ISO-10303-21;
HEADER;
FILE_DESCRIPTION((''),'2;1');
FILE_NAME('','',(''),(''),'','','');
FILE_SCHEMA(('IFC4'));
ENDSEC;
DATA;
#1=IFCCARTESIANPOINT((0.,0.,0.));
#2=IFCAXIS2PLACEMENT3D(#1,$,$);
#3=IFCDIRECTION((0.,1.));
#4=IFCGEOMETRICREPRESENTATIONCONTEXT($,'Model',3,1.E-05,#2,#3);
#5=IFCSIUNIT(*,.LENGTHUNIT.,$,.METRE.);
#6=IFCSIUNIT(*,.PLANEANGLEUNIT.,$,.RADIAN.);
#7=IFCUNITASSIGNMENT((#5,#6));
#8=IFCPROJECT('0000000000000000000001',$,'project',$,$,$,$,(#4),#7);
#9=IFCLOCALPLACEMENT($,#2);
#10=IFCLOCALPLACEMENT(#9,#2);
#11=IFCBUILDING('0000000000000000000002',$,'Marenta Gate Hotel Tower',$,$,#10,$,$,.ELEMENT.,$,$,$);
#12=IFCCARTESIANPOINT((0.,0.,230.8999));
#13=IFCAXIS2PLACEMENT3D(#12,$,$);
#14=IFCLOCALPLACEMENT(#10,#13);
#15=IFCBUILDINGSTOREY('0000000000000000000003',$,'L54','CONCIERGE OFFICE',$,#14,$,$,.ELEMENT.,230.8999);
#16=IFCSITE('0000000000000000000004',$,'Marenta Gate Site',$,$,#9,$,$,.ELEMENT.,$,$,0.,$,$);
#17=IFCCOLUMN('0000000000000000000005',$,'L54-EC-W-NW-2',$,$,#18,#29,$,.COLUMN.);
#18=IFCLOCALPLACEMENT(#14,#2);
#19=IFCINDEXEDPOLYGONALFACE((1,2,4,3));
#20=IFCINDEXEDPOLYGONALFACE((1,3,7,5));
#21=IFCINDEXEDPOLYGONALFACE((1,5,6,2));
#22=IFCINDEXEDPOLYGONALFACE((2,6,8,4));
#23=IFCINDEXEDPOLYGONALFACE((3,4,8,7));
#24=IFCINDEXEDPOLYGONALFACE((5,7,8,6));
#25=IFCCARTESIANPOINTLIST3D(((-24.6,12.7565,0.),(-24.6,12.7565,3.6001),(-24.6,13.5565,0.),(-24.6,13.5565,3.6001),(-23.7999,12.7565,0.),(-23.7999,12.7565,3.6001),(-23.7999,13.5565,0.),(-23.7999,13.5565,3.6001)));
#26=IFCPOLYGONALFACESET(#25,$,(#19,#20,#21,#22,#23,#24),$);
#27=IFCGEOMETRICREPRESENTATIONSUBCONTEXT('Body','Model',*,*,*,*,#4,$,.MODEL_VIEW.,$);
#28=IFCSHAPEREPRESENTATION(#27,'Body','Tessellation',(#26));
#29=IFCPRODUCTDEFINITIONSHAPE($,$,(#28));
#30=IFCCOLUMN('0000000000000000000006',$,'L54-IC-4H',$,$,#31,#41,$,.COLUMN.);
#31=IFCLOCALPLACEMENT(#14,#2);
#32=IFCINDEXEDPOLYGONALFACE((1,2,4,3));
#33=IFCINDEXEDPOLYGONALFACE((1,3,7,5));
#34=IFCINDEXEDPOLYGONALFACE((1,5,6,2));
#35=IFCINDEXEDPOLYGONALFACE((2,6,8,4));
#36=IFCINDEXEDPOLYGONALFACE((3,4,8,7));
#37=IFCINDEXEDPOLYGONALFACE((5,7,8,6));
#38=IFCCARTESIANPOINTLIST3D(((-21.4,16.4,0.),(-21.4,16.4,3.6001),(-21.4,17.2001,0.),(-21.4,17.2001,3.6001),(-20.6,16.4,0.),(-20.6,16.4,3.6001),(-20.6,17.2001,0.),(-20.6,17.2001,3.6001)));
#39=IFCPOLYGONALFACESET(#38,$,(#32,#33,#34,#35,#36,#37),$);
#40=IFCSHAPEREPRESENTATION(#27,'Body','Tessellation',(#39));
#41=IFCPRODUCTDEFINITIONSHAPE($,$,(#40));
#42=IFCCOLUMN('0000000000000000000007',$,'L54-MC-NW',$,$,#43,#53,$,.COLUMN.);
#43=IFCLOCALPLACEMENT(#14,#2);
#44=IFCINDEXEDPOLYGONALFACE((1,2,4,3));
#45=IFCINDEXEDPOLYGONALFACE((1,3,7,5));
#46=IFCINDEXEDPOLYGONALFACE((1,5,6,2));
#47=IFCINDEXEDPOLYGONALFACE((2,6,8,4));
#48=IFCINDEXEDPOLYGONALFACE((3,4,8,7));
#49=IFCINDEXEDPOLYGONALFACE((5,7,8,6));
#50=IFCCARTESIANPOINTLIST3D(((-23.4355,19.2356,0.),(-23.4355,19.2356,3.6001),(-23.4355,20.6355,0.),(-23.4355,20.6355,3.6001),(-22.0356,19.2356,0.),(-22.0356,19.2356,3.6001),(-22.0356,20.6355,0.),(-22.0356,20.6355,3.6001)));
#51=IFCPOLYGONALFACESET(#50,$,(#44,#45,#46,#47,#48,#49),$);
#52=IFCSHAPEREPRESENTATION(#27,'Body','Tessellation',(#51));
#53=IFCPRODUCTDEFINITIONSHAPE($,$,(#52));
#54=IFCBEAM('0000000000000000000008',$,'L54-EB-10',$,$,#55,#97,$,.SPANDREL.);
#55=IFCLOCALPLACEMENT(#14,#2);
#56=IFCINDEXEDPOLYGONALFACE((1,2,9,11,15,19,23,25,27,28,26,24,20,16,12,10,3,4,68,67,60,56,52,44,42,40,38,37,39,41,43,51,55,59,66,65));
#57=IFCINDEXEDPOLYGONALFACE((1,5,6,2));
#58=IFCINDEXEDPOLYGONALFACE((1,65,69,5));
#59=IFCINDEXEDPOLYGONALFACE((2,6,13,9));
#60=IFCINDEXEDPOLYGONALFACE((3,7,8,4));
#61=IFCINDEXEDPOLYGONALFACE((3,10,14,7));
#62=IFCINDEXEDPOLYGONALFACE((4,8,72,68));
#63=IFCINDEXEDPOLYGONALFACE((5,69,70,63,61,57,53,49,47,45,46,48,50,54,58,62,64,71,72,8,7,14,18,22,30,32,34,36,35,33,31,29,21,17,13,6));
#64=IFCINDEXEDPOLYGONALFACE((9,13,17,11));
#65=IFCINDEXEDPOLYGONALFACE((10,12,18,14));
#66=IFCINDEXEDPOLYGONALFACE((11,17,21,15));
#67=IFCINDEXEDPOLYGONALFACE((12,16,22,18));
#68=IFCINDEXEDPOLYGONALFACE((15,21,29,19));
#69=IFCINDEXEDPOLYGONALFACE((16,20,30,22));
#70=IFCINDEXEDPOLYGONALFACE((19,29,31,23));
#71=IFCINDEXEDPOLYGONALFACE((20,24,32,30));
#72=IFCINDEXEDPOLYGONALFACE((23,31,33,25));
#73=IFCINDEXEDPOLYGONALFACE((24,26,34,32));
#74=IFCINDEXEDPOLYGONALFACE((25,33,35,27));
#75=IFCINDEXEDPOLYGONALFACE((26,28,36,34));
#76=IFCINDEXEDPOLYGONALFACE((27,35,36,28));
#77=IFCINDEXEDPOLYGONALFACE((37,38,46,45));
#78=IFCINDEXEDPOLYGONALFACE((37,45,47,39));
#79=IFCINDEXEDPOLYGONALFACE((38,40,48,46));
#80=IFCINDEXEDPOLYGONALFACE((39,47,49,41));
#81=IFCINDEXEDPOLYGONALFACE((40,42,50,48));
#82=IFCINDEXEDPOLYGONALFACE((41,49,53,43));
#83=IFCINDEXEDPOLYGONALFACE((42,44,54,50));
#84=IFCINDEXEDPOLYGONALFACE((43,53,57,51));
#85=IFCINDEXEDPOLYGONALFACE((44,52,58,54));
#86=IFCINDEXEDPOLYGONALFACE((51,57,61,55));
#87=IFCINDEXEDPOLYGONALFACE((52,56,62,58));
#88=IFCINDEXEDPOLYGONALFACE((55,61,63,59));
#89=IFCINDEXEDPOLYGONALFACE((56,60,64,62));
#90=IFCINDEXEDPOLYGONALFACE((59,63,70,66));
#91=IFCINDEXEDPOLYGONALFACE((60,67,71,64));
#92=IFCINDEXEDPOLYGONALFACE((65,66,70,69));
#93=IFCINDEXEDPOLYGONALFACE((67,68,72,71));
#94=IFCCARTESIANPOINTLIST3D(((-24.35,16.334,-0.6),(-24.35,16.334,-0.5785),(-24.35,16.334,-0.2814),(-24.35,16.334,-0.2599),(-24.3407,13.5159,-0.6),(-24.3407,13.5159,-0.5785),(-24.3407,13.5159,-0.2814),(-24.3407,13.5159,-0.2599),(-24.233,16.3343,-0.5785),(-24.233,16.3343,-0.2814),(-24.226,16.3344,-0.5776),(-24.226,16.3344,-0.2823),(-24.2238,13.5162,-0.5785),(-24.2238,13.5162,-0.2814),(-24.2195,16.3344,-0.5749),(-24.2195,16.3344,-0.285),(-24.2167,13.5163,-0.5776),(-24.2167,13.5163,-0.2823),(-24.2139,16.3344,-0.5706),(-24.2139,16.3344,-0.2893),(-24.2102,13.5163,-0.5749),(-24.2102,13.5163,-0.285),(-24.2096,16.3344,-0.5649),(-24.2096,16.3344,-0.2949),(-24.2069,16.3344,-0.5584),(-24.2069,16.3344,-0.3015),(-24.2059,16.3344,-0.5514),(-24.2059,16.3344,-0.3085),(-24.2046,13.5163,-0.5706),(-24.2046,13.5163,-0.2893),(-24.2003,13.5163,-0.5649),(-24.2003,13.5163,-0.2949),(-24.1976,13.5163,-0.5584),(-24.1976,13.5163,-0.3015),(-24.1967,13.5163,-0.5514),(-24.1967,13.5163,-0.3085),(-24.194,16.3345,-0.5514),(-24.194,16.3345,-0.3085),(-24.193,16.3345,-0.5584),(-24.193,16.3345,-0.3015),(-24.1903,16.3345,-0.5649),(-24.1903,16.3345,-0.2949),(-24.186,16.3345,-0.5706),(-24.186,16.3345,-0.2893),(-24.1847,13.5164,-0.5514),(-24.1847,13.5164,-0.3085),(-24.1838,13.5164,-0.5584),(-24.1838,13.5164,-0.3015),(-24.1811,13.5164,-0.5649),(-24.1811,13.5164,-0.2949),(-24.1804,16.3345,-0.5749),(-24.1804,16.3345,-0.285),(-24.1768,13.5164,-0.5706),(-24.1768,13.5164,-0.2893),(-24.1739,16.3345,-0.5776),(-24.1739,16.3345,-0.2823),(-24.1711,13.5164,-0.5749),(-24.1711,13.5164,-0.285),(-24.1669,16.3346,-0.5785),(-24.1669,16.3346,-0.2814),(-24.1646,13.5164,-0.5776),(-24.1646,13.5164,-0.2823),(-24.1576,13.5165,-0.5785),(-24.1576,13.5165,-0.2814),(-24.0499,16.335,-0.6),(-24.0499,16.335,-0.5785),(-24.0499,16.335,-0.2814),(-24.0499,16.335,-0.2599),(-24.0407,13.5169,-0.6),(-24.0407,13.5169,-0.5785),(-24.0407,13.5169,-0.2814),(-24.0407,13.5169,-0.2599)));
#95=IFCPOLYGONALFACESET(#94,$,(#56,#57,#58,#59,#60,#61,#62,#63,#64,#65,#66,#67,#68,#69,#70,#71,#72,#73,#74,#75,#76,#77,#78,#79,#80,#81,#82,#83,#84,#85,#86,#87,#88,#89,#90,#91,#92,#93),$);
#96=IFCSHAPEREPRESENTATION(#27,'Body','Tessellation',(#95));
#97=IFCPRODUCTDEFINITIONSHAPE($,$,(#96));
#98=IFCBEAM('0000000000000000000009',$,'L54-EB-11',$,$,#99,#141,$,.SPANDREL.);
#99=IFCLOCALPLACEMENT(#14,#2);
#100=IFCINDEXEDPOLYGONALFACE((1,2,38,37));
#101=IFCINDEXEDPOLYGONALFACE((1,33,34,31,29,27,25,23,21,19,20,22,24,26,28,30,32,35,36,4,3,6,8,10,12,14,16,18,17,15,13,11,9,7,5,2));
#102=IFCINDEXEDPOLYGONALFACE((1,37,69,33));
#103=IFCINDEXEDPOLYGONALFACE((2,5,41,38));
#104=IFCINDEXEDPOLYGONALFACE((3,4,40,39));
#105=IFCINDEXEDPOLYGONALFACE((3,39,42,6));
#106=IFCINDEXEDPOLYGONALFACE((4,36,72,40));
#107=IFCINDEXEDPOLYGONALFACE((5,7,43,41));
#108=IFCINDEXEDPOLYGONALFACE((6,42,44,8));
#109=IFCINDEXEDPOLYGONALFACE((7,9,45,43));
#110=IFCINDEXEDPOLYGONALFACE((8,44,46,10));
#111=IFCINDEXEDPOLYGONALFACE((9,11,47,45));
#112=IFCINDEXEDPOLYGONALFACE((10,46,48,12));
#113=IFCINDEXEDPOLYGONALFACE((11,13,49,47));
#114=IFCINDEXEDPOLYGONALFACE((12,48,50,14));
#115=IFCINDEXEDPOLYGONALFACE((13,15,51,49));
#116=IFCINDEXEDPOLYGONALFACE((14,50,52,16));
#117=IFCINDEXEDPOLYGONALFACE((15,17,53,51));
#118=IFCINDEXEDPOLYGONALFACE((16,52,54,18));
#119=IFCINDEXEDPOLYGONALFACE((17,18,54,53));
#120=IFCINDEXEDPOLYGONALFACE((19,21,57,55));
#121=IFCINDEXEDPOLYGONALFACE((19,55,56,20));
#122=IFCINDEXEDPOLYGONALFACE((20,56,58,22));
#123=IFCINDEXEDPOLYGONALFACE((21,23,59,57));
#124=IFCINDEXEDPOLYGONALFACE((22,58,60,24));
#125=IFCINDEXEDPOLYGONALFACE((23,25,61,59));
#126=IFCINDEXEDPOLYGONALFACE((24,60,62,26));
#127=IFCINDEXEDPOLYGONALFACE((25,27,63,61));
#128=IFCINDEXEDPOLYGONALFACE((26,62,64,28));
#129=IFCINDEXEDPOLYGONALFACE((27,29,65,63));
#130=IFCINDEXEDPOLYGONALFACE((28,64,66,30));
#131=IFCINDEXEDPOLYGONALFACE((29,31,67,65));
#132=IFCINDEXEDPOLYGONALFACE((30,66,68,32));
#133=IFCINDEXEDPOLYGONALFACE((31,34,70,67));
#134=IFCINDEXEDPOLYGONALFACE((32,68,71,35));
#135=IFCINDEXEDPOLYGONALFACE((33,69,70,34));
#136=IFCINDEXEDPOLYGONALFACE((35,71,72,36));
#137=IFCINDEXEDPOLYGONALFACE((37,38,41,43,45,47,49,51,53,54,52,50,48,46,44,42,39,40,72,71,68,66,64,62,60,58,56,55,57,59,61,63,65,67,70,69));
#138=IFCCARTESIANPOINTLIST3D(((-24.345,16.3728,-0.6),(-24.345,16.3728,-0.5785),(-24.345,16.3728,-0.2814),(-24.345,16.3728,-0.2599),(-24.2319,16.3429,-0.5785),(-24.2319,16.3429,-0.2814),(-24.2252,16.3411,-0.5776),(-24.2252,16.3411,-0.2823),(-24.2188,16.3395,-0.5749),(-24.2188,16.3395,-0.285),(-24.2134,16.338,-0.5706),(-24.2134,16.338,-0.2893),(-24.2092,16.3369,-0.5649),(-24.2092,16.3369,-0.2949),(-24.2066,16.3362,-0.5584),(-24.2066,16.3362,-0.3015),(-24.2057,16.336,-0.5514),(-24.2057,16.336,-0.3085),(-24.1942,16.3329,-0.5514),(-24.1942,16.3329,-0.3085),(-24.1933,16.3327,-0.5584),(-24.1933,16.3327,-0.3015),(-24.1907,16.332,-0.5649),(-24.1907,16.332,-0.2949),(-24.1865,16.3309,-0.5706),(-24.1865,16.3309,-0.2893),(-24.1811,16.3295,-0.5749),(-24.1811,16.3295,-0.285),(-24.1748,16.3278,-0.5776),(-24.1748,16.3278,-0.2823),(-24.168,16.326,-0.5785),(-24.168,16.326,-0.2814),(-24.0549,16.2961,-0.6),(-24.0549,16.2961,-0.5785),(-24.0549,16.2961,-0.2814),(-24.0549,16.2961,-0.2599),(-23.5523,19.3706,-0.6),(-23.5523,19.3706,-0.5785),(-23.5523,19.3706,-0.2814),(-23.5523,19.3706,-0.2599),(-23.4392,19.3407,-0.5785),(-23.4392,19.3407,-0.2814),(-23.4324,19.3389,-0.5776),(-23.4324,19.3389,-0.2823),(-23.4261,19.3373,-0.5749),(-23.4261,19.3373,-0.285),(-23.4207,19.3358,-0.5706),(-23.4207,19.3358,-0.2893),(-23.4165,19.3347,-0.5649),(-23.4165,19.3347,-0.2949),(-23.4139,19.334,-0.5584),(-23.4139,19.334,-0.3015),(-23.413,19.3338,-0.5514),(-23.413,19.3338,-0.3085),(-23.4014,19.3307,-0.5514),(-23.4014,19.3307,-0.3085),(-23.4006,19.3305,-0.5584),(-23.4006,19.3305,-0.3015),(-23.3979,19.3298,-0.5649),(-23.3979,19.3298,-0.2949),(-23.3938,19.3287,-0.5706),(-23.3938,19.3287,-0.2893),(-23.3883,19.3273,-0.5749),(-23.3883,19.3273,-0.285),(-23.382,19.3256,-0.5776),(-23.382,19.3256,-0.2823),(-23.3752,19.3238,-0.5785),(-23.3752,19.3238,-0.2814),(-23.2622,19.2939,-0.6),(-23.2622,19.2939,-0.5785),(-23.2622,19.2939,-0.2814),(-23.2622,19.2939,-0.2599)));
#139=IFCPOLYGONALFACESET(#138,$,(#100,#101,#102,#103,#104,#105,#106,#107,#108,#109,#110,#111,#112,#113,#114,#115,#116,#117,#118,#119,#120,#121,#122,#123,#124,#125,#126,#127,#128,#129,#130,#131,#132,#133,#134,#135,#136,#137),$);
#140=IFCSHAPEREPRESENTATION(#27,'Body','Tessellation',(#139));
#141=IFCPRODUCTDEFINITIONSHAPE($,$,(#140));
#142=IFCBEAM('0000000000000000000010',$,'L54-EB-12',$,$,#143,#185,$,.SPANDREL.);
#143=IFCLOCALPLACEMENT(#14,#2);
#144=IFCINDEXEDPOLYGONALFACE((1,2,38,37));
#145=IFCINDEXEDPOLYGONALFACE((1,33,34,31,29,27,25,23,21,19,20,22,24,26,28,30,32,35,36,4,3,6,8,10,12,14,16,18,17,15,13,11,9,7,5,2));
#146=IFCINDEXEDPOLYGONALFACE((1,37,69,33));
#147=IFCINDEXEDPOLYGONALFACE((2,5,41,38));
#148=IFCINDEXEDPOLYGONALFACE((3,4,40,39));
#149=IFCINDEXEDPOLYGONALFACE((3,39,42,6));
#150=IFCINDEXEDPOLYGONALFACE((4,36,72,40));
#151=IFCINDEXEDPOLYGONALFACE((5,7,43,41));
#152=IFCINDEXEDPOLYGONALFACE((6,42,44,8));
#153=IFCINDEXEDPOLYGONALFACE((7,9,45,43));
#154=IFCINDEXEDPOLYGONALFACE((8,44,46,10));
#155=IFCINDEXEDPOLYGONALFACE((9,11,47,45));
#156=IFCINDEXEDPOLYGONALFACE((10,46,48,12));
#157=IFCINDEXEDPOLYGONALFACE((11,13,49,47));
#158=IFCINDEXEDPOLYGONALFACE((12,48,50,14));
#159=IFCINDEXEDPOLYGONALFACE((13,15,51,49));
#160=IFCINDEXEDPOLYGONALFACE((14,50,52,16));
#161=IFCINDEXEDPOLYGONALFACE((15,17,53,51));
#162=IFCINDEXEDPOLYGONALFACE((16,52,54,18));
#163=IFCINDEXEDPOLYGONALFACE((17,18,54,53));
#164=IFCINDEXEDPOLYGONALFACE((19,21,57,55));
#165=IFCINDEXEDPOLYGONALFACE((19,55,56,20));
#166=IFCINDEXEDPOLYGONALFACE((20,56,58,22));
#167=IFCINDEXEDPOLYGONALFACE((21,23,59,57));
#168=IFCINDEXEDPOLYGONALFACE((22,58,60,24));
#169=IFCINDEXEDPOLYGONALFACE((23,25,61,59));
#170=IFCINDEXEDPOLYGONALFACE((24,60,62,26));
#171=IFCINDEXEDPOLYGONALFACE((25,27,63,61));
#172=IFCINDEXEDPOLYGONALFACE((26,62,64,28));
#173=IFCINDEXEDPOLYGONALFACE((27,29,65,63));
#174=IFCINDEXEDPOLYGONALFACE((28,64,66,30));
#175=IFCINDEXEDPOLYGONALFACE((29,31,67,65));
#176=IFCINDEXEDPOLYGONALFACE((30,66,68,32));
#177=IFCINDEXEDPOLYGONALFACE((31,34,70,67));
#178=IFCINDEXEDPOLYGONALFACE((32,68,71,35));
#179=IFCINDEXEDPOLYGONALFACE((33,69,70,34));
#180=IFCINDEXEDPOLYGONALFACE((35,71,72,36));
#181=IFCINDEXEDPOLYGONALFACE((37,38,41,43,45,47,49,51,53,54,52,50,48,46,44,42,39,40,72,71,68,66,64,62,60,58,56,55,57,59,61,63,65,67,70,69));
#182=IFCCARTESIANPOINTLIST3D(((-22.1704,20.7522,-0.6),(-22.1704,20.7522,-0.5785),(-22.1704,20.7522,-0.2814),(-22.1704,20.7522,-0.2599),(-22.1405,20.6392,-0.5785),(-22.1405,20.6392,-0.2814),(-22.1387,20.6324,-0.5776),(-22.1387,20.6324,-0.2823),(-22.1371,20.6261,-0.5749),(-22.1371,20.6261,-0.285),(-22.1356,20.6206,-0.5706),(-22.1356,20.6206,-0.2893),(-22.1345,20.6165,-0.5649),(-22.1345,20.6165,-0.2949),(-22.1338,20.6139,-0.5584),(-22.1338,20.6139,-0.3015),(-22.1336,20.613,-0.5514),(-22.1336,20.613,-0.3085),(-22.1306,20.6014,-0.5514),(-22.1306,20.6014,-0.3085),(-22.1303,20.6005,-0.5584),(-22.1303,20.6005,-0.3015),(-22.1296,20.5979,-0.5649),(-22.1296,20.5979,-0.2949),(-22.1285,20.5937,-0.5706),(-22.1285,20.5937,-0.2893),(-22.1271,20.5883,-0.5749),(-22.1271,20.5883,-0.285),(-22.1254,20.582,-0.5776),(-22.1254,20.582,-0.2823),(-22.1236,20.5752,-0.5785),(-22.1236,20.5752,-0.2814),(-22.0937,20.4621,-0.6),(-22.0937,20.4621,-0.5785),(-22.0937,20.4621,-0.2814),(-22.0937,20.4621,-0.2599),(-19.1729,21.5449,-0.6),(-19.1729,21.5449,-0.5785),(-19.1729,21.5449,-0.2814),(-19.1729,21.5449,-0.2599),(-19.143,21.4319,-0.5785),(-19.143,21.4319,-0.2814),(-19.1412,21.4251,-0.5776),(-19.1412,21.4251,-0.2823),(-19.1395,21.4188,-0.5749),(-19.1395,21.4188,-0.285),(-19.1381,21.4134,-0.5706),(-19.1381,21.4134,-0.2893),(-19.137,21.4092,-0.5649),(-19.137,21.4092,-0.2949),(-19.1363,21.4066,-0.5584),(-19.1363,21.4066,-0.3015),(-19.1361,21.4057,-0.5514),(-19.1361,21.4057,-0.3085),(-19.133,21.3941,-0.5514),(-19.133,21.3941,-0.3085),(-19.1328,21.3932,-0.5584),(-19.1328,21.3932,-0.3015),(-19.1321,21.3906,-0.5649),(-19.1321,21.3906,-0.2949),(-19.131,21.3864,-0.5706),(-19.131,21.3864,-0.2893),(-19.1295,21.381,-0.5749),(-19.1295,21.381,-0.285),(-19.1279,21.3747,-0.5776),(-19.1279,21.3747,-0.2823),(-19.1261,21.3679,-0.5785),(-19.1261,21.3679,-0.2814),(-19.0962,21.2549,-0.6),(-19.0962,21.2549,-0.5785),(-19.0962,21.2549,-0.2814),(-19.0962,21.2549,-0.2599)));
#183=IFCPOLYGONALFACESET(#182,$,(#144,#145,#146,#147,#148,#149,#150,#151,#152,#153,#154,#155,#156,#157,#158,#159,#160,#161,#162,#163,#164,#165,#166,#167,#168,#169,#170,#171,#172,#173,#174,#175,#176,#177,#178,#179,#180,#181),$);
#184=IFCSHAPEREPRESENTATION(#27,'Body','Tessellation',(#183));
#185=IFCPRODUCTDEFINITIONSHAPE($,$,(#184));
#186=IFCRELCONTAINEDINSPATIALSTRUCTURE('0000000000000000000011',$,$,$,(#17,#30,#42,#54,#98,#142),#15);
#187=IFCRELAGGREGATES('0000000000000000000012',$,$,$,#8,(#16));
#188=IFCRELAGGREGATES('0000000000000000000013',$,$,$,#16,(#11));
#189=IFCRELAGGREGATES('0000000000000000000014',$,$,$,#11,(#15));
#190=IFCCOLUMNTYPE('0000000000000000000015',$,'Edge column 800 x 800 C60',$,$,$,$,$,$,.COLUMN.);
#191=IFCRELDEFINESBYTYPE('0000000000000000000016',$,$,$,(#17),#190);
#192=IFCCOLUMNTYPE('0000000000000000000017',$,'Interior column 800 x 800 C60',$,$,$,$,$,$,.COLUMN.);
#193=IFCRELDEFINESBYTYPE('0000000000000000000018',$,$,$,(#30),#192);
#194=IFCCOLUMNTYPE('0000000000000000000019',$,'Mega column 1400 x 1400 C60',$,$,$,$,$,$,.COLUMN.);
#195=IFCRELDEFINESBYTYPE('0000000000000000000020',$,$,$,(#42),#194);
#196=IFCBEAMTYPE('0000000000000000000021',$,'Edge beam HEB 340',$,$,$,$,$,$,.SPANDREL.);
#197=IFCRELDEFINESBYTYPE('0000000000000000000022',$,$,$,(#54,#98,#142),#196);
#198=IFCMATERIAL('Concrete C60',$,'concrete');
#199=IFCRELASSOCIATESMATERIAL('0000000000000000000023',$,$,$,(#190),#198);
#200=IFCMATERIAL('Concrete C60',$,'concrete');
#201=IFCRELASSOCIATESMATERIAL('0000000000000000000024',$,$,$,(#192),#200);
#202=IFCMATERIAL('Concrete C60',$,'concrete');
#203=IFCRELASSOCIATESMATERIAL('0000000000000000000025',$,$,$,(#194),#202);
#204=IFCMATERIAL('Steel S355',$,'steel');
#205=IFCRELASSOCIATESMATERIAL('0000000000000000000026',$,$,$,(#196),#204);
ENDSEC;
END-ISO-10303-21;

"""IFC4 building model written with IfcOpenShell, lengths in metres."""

from ifc_helpers import new_model, si_unit, direction, frame, origin, origin_2d, place, context, subcontext, project, spatial, rectangle, i_section, extrude, material, material_profile, profile_set, type_object, element, save


model = new_model("IFC4")

# Units and contexts
model_context = context("Model", 3, precision=1e-05, world=origin(), true_north=direction((0.0, 1.0)))
body_context = subcontext(model_context, "Body", "Model", "MODEL_VIEW")
ifc_project = project(units=[si_unit("LENGTHUNIT", "METRE"), si_unit("PLANEANGLEUNIT", "RADIAN")], contexts=[model_context])

# Site, building, storey
site_placement = place(None, origin())
site = spatial("IfcSite", under=ifc_project, at=site_placement, Name="Marenta Gate Site", CompositionType="ELEMENT", RefElevation=0.0)
building_placement = place(site_placement, origin())
building = spatial("IfcBuilding", under=site, at=building_placement, Name="Marenta Gate Hotel Tower", CompositionType="ELEMENT")
storey_placement = place(building_placement, frame((0.0, 0.0, 230.8999)))
storey = spatial("IfcBuildingStorey", under=building, at=storey_placement, Name="L54", Description="CONCIERGE OFFICE", CompositionType="ELEMENT", Elevation=230.8999)

# Columns
ifc_material_1 = material(Name="Concrete C60", Category="concrete")
ifc_material_profile_1 = material_profile(ifc_material_1, rectangle(XDim=0.8, YDim=0.8, at=origin_2d()), Name="800 x 800")
ifc_profile_set_1 = profile_set([ifc_material_profile_1], Name="Concrete C60")
column_type_1 = type_object("IfcColumnType", Name="Edge column 800 x 800 C60", PredefinedType="COLUMN", material=ifc_profile_set_1)
column_1_placement = place(storey_placement, frame((-24.2, 13.1565, 0.0), z_axis=(0.0, 0.0, 1.0), x_axis=(1.0, 0.0, 0.0)))
element("IfcColumn", 1, at=column_1_placement, inside=storey, type_object=column_type_1, Name="L54-EC-W-NW-2", PredefinedType="COLUMN", context=body_context, shape_type="SweptSolid", body=[
    extrude(rectangle(XDim=0.8, YDim=0.8, at=origin_2d()), origin(), (0.0, 0.0, 1.0), 3.6001),
])
ifc_material_2 = material(Name="Concrete C60", Category="concrete")
ifc_material_profile_2 = material_profile(ifc_material_2, rectangle(XDim=0.8, YDim=0.8, at=origin_2d()), Name="800 x 800")
ifc_profile_set_2 = profile_set([ifc_material_profile_2], Name="Concrete C60")
column_type_2 = type_object("IfcColumnType", Name="Interior column 800 x 800 C60", PredefinedType="COLUMN", material=ifc_profile_set_2)
column_2_placement = place(storey_placement, frame((-21.0, 16.8, 0.0), z_axis=(0.0, 0.0, 1.0), x_axis=(1.0, 0.0, 0.0)))
element("IfcColumn", 2, at=column_2_placement, inside=storey, type_object=column_type_2, Name="L54-IC-4H", PredefinedType="COLUMN", context=body_context, shape_type="SweptSolid", body=[
    extrude(rectangle(XDim=0.8, YDim=0.8, at=origin_2d()), origin(), (0.0, 0.0, 1.0), 3.6001),
])
ifc_material_3 = material(Name="Concrete C60", Category="concrete")
ifc_material_profile_3 = material_profile(ifc_material_3, rectangle(XDim=1.3999, YDim=1.3999, at=origin_2d()), Name="1400 x 1400")
ifc_profile_set_3 = profile_set([ifc_material_profile_3], Name="Concrete C60")
column_type_3 = type_object("IfcColumnType", Name="Mega column 1400 x 1400 C60", PredefinedType="COLUMN", material=ifc_profile_set_3)
column_3_placement = place(storey_placement, frame((-22.7356, 19.9355, 0.0), z_axis=(0.0, 0.0, 1.0), x_axis=(1.0, 0.0, 0.0)))
element("IfcColumn", 3, at=column_3_placement, inside=storey, type_object=column_type_3, Name="L54-MC-NW", PredefinedType="COLUMN", context=body_context, shape_type="SweptSolid", body=[
    extrude(rectangle(XDim=1.3999, YDim=1.3999, at=origin_2d()), origin(), (0.0, 0.0, 1.0), 3.6001),
])

# Beams
ifc_material_4 = material(Name="Steel S355", Category="steel")
ifc_material_profile_4 = material_profile(ifc_material_4, i_section(OverallWidth=0.3, OverallDepth=0.3401, WebThickness=0.012, FlangeThickness=0.0215, FilletRadius=0.0271, at=origin_2d()), Name="HEB 340")
ifc_profile_set_4 = profile_set([ifc_material_profile_4], Name="Steel S355")
beam_type_1 = type_object("IfcBeamType", Name="Edge beam HEB 340", PredefinedType="SPANDREL", material=ifc_profile_set_4)
beam_1_placement = place(storey_placement, frame((-24.1907, 13.5164, -0.4299), z_axis=(-0.003292, 0.999995, 0.0), x_axis=(-0.999995, -0.003292, 0.0)))
element("IfcBeam", 4, at=beam_1_placement, inside=storey, type_object=beam_type_1, Name="L54-EB-10", PredefinedType="SPANDREL", context=body_context, shape_type="SweptSolid", body=[
    extrude(i_section(OverallWidth=0.3, OverallDepth=0.3401, WebThickness=0.012, FlangeThickness=0.0215, FilletRadius=0.0271, at=origin_2d()), origin(), (0.0, 0.0, 1.0), 2.8181),
])
beam_2_placement = place(storey_placement, frame((-24.2, 16.3345, -0.4299), z_axis=(0.255648, 0.96677, 0.0), x_axis=(-0.96677, 0.255648, 0.0)))
element("IfcBeam", 5, at=beam_2_placement, inside=storey, type_object=beam_type_1, Name="L54-EB-11", PredefinedType="SPANDREL", context=body_context, shape_type="SweptSolid", body=[
    extrude(i_section(OverallWidth=0.3, OverallDepth=0.3401, WebThickness=0.012, FlangeThickness=0.0215, FilletRadius=0.0271, at=origin_2d()), origin(), (0.0, 0.0, 1.0), 3.1008),
])
beam_3_placement = place(storey_placement, frame((-22.1321, 20.6072, -0.4299), z_axis=(0.966765, 0.255667, 0.0), x_axis=(-0.255667, 0.966765, 0.0)))
element("IfcBeam", 6, at=beam_3_placement, inside=storey, type_object=beam_type_1, Name="L54-EB-12", PredefinedType="SPANDREL", context=body_context, shape_type="SweptSolid", body=[
    extrude(i_section(OverallWidth=0.3, OverallDepth=0.3401, WebThickness=0.012, FlangeThickness=0.0215, FilletRadius=0.0271, at=origin_2d()), origin(), (0.0, 0.0, 1.0), 3.1006),
])

save(model, "model.ifc")
